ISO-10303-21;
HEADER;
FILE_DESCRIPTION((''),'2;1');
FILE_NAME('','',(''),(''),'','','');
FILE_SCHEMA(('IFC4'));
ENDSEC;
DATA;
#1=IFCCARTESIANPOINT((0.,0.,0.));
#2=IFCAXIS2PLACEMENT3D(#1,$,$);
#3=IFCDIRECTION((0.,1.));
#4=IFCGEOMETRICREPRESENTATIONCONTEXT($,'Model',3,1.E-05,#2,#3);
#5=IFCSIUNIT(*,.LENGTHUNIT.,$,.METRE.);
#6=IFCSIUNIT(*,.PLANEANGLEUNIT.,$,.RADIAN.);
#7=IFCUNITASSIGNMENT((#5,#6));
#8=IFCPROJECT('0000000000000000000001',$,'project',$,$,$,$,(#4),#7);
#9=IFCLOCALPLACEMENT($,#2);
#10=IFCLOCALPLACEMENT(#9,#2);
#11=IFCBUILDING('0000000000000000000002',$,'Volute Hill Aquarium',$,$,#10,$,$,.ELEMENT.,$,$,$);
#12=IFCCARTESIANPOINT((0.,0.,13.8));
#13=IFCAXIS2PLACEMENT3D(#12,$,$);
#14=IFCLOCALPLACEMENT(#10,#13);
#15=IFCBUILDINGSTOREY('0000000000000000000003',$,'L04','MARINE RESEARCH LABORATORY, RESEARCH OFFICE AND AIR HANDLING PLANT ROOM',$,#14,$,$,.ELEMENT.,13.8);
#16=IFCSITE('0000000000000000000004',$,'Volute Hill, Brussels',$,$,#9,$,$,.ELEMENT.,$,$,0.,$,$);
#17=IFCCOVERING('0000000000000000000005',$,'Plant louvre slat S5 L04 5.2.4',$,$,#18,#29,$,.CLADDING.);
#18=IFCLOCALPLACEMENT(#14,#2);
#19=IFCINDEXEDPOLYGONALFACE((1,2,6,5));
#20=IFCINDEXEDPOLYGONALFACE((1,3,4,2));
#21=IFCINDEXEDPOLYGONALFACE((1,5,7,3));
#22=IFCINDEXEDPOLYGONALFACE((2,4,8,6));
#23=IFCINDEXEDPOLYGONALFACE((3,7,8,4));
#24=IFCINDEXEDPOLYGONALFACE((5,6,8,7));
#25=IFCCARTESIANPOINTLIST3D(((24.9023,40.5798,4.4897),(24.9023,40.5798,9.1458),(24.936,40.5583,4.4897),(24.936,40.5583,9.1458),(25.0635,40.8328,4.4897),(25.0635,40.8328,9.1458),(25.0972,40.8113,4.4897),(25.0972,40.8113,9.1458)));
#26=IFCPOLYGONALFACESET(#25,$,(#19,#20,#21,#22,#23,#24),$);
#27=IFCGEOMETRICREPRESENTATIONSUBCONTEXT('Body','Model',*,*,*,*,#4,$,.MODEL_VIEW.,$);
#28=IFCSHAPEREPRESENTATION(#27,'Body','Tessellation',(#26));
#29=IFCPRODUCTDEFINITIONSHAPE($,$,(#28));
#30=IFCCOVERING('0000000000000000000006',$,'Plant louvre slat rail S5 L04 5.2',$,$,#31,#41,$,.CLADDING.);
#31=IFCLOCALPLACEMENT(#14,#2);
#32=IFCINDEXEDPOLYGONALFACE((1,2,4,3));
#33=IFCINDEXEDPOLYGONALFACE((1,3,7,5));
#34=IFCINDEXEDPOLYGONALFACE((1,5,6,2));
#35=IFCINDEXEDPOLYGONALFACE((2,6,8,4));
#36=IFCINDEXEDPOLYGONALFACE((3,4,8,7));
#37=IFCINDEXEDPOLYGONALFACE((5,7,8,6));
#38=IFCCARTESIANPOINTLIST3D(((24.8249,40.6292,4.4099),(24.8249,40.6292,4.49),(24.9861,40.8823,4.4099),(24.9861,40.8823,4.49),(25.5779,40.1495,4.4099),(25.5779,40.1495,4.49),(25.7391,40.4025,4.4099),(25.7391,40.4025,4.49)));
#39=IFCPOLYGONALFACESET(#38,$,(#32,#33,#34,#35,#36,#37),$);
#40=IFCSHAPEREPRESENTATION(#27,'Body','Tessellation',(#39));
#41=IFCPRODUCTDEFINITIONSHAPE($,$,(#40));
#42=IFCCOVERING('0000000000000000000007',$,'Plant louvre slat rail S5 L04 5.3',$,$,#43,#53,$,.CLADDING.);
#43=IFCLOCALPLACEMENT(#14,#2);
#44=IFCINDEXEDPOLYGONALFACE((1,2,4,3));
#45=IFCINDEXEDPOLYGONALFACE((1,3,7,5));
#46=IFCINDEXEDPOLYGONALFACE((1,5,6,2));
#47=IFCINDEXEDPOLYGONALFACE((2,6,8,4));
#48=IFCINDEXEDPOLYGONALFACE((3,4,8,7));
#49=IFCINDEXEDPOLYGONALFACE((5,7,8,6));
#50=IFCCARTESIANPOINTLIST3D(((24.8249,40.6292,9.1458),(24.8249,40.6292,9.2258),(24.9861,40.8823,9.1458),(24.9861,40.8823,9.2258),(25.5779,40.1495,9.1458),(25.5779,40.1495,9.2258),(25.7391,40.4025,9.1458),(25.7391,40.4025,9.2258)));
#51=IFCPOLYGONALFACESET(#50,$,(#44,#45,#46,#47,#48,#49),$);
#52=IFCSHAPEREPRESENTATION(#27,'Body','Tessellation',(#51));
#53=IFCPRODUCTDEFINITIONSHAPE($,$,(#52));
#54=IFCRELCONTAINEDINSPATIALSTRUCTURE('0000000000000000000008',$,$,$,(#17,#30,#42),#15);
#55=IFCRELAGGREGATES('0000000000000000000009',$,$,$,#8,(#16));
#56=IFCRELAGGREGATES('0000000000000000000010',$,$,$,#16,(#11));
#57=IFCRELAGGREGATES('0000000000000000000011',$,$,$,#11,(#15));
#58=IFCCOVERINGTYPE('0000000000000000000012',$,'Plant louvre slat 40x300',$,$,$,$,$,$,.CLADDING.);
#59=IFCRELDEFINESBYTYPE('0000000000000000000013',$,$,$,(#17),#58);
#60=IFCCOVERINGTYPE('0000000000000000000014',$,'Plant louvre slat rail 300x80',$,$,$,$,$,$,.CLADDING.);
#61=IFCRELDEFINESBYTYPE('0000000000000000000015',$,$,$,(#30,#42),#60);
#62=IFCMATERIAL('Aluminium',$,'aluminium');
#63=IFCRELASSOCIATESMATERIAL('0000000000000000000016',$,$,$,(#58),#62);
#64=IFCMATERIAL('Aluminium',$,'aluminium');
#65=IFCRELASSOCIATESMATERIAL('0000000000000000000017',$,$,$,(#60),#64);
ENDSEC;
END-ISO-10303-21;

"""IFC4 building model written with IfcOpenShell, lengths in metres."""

from ifc_helpers import new_model, si_unit, direction, frame, origin, origin_2d, place, context, subcontext, project, spatial, rectangle, extrude, material, type_object, element, save


model = new_model("IFC4")

# Units and contexts
model_context = context("Model", 3, precision=1e-05, world=origin(), true_north=direction((0.0, 1.0)))
body_context = subcontext(model_context, "Body", "Model", "MODEL_VIEW")
ifc_project = project(units=[si_unit("LENGTHUNIT", "METRE"), si_unit("PLANEANGLEUNIT", "RADIAN")], contexts=[model_context])

# Site, building, storey
site_placement = place(None, origin())
site = spatial("IfcSite", under=ifc_project, at=site_placement, Name="Volute Hill, Brussels", CompositionType="ELEMENT", RefElevation=0.0)
building_placement = place(site_placement, origin())
building = spatial("IfcBuilding", under=site, at=building_placement, Name="Volute Hill Aquarium", CompositionType="ELEMENT")
storey_placement = place(building_placement, frame((0.0, 0.0, 13.8)))
storey = spatial("IfcBuildingStorey", under=building, at=storey_placement, Name="L04", Description="MARINE RESEARCH LABORATORY, RESEARCH OFFICE AND AIR HANDLING PLANT ROOM", CompositionType="ELEMENT", Elevation=13.8)

# Coverings
ifc_material_1 = material(Name="Aluminium", Category="aluminium")
covering_type_1 = type_object("IfcCoveringType", Name="Plant louvre slat 40x300", PredefinedType="CLADDING", material=ifc_material_1)
for number, where, z_axis, x_axis, name in (
    (1, (24.9998, 40.6956, 4.4897), (0.0, 0.0, 1.0), (-0.843386, 0.537309, 0.0), "Plant louvre slat S5 L04 5.2.4"),
):
    element("IfcCovering", number, at=place(storey_placement, frame(where, z_axis=z_axis, x_axis=x_axis)), inside=storey, type_object=covering_type_1, Name=name, PredefinedType="CLADDING", context=body_context, shape_type="SweptSolid", body=[
        extrude(rectangle(XDim=0.04, YDim=0.3, at=origin_2d()), origin(), (0.0, 0.0, 1.0), 4.656),
    ])
ifc_material_2 = material(Name="Aluminium", Category="aluminium")
covering_type_2 = type_object("IfcCoveringType", Name="Plant louvre slat rail 300x80", PredefinedType="CLADDING", material=ifc_material_2)
for number, where, z_axis, x_axis, name in (
    (2, (25.282, 40.5159, 4.4099), (0.0, 0.0, 1.0), (-0.843386, 0.537309, 0.0), "Plant louvre slat rail S5 L04 5.2"),
    (3, (25.282, 40.5159, 9.1458), (0.0, 0.0, 1.0), (-0.843386, 0.537309, 0.0), "Plant louvre slat rail S5 L04 5.3"),
):
    element("IfcCovering", number, at=place(storey_placement, frame(where, z_axis=z_axis, x_axis=x_axis)), inside=storey, type_object=covering_type_2, Name=name, PredefinedType="CLADDING", context=body_context, shape_type="SweptSolid", body=[
        extrude(rectangle(XDim=0.8928, YDim=0.3, at=origin_2d()), origin(), (0.0, 0.0, 1.0), 0.0801),
    ])

save(model, "model.ifc")
